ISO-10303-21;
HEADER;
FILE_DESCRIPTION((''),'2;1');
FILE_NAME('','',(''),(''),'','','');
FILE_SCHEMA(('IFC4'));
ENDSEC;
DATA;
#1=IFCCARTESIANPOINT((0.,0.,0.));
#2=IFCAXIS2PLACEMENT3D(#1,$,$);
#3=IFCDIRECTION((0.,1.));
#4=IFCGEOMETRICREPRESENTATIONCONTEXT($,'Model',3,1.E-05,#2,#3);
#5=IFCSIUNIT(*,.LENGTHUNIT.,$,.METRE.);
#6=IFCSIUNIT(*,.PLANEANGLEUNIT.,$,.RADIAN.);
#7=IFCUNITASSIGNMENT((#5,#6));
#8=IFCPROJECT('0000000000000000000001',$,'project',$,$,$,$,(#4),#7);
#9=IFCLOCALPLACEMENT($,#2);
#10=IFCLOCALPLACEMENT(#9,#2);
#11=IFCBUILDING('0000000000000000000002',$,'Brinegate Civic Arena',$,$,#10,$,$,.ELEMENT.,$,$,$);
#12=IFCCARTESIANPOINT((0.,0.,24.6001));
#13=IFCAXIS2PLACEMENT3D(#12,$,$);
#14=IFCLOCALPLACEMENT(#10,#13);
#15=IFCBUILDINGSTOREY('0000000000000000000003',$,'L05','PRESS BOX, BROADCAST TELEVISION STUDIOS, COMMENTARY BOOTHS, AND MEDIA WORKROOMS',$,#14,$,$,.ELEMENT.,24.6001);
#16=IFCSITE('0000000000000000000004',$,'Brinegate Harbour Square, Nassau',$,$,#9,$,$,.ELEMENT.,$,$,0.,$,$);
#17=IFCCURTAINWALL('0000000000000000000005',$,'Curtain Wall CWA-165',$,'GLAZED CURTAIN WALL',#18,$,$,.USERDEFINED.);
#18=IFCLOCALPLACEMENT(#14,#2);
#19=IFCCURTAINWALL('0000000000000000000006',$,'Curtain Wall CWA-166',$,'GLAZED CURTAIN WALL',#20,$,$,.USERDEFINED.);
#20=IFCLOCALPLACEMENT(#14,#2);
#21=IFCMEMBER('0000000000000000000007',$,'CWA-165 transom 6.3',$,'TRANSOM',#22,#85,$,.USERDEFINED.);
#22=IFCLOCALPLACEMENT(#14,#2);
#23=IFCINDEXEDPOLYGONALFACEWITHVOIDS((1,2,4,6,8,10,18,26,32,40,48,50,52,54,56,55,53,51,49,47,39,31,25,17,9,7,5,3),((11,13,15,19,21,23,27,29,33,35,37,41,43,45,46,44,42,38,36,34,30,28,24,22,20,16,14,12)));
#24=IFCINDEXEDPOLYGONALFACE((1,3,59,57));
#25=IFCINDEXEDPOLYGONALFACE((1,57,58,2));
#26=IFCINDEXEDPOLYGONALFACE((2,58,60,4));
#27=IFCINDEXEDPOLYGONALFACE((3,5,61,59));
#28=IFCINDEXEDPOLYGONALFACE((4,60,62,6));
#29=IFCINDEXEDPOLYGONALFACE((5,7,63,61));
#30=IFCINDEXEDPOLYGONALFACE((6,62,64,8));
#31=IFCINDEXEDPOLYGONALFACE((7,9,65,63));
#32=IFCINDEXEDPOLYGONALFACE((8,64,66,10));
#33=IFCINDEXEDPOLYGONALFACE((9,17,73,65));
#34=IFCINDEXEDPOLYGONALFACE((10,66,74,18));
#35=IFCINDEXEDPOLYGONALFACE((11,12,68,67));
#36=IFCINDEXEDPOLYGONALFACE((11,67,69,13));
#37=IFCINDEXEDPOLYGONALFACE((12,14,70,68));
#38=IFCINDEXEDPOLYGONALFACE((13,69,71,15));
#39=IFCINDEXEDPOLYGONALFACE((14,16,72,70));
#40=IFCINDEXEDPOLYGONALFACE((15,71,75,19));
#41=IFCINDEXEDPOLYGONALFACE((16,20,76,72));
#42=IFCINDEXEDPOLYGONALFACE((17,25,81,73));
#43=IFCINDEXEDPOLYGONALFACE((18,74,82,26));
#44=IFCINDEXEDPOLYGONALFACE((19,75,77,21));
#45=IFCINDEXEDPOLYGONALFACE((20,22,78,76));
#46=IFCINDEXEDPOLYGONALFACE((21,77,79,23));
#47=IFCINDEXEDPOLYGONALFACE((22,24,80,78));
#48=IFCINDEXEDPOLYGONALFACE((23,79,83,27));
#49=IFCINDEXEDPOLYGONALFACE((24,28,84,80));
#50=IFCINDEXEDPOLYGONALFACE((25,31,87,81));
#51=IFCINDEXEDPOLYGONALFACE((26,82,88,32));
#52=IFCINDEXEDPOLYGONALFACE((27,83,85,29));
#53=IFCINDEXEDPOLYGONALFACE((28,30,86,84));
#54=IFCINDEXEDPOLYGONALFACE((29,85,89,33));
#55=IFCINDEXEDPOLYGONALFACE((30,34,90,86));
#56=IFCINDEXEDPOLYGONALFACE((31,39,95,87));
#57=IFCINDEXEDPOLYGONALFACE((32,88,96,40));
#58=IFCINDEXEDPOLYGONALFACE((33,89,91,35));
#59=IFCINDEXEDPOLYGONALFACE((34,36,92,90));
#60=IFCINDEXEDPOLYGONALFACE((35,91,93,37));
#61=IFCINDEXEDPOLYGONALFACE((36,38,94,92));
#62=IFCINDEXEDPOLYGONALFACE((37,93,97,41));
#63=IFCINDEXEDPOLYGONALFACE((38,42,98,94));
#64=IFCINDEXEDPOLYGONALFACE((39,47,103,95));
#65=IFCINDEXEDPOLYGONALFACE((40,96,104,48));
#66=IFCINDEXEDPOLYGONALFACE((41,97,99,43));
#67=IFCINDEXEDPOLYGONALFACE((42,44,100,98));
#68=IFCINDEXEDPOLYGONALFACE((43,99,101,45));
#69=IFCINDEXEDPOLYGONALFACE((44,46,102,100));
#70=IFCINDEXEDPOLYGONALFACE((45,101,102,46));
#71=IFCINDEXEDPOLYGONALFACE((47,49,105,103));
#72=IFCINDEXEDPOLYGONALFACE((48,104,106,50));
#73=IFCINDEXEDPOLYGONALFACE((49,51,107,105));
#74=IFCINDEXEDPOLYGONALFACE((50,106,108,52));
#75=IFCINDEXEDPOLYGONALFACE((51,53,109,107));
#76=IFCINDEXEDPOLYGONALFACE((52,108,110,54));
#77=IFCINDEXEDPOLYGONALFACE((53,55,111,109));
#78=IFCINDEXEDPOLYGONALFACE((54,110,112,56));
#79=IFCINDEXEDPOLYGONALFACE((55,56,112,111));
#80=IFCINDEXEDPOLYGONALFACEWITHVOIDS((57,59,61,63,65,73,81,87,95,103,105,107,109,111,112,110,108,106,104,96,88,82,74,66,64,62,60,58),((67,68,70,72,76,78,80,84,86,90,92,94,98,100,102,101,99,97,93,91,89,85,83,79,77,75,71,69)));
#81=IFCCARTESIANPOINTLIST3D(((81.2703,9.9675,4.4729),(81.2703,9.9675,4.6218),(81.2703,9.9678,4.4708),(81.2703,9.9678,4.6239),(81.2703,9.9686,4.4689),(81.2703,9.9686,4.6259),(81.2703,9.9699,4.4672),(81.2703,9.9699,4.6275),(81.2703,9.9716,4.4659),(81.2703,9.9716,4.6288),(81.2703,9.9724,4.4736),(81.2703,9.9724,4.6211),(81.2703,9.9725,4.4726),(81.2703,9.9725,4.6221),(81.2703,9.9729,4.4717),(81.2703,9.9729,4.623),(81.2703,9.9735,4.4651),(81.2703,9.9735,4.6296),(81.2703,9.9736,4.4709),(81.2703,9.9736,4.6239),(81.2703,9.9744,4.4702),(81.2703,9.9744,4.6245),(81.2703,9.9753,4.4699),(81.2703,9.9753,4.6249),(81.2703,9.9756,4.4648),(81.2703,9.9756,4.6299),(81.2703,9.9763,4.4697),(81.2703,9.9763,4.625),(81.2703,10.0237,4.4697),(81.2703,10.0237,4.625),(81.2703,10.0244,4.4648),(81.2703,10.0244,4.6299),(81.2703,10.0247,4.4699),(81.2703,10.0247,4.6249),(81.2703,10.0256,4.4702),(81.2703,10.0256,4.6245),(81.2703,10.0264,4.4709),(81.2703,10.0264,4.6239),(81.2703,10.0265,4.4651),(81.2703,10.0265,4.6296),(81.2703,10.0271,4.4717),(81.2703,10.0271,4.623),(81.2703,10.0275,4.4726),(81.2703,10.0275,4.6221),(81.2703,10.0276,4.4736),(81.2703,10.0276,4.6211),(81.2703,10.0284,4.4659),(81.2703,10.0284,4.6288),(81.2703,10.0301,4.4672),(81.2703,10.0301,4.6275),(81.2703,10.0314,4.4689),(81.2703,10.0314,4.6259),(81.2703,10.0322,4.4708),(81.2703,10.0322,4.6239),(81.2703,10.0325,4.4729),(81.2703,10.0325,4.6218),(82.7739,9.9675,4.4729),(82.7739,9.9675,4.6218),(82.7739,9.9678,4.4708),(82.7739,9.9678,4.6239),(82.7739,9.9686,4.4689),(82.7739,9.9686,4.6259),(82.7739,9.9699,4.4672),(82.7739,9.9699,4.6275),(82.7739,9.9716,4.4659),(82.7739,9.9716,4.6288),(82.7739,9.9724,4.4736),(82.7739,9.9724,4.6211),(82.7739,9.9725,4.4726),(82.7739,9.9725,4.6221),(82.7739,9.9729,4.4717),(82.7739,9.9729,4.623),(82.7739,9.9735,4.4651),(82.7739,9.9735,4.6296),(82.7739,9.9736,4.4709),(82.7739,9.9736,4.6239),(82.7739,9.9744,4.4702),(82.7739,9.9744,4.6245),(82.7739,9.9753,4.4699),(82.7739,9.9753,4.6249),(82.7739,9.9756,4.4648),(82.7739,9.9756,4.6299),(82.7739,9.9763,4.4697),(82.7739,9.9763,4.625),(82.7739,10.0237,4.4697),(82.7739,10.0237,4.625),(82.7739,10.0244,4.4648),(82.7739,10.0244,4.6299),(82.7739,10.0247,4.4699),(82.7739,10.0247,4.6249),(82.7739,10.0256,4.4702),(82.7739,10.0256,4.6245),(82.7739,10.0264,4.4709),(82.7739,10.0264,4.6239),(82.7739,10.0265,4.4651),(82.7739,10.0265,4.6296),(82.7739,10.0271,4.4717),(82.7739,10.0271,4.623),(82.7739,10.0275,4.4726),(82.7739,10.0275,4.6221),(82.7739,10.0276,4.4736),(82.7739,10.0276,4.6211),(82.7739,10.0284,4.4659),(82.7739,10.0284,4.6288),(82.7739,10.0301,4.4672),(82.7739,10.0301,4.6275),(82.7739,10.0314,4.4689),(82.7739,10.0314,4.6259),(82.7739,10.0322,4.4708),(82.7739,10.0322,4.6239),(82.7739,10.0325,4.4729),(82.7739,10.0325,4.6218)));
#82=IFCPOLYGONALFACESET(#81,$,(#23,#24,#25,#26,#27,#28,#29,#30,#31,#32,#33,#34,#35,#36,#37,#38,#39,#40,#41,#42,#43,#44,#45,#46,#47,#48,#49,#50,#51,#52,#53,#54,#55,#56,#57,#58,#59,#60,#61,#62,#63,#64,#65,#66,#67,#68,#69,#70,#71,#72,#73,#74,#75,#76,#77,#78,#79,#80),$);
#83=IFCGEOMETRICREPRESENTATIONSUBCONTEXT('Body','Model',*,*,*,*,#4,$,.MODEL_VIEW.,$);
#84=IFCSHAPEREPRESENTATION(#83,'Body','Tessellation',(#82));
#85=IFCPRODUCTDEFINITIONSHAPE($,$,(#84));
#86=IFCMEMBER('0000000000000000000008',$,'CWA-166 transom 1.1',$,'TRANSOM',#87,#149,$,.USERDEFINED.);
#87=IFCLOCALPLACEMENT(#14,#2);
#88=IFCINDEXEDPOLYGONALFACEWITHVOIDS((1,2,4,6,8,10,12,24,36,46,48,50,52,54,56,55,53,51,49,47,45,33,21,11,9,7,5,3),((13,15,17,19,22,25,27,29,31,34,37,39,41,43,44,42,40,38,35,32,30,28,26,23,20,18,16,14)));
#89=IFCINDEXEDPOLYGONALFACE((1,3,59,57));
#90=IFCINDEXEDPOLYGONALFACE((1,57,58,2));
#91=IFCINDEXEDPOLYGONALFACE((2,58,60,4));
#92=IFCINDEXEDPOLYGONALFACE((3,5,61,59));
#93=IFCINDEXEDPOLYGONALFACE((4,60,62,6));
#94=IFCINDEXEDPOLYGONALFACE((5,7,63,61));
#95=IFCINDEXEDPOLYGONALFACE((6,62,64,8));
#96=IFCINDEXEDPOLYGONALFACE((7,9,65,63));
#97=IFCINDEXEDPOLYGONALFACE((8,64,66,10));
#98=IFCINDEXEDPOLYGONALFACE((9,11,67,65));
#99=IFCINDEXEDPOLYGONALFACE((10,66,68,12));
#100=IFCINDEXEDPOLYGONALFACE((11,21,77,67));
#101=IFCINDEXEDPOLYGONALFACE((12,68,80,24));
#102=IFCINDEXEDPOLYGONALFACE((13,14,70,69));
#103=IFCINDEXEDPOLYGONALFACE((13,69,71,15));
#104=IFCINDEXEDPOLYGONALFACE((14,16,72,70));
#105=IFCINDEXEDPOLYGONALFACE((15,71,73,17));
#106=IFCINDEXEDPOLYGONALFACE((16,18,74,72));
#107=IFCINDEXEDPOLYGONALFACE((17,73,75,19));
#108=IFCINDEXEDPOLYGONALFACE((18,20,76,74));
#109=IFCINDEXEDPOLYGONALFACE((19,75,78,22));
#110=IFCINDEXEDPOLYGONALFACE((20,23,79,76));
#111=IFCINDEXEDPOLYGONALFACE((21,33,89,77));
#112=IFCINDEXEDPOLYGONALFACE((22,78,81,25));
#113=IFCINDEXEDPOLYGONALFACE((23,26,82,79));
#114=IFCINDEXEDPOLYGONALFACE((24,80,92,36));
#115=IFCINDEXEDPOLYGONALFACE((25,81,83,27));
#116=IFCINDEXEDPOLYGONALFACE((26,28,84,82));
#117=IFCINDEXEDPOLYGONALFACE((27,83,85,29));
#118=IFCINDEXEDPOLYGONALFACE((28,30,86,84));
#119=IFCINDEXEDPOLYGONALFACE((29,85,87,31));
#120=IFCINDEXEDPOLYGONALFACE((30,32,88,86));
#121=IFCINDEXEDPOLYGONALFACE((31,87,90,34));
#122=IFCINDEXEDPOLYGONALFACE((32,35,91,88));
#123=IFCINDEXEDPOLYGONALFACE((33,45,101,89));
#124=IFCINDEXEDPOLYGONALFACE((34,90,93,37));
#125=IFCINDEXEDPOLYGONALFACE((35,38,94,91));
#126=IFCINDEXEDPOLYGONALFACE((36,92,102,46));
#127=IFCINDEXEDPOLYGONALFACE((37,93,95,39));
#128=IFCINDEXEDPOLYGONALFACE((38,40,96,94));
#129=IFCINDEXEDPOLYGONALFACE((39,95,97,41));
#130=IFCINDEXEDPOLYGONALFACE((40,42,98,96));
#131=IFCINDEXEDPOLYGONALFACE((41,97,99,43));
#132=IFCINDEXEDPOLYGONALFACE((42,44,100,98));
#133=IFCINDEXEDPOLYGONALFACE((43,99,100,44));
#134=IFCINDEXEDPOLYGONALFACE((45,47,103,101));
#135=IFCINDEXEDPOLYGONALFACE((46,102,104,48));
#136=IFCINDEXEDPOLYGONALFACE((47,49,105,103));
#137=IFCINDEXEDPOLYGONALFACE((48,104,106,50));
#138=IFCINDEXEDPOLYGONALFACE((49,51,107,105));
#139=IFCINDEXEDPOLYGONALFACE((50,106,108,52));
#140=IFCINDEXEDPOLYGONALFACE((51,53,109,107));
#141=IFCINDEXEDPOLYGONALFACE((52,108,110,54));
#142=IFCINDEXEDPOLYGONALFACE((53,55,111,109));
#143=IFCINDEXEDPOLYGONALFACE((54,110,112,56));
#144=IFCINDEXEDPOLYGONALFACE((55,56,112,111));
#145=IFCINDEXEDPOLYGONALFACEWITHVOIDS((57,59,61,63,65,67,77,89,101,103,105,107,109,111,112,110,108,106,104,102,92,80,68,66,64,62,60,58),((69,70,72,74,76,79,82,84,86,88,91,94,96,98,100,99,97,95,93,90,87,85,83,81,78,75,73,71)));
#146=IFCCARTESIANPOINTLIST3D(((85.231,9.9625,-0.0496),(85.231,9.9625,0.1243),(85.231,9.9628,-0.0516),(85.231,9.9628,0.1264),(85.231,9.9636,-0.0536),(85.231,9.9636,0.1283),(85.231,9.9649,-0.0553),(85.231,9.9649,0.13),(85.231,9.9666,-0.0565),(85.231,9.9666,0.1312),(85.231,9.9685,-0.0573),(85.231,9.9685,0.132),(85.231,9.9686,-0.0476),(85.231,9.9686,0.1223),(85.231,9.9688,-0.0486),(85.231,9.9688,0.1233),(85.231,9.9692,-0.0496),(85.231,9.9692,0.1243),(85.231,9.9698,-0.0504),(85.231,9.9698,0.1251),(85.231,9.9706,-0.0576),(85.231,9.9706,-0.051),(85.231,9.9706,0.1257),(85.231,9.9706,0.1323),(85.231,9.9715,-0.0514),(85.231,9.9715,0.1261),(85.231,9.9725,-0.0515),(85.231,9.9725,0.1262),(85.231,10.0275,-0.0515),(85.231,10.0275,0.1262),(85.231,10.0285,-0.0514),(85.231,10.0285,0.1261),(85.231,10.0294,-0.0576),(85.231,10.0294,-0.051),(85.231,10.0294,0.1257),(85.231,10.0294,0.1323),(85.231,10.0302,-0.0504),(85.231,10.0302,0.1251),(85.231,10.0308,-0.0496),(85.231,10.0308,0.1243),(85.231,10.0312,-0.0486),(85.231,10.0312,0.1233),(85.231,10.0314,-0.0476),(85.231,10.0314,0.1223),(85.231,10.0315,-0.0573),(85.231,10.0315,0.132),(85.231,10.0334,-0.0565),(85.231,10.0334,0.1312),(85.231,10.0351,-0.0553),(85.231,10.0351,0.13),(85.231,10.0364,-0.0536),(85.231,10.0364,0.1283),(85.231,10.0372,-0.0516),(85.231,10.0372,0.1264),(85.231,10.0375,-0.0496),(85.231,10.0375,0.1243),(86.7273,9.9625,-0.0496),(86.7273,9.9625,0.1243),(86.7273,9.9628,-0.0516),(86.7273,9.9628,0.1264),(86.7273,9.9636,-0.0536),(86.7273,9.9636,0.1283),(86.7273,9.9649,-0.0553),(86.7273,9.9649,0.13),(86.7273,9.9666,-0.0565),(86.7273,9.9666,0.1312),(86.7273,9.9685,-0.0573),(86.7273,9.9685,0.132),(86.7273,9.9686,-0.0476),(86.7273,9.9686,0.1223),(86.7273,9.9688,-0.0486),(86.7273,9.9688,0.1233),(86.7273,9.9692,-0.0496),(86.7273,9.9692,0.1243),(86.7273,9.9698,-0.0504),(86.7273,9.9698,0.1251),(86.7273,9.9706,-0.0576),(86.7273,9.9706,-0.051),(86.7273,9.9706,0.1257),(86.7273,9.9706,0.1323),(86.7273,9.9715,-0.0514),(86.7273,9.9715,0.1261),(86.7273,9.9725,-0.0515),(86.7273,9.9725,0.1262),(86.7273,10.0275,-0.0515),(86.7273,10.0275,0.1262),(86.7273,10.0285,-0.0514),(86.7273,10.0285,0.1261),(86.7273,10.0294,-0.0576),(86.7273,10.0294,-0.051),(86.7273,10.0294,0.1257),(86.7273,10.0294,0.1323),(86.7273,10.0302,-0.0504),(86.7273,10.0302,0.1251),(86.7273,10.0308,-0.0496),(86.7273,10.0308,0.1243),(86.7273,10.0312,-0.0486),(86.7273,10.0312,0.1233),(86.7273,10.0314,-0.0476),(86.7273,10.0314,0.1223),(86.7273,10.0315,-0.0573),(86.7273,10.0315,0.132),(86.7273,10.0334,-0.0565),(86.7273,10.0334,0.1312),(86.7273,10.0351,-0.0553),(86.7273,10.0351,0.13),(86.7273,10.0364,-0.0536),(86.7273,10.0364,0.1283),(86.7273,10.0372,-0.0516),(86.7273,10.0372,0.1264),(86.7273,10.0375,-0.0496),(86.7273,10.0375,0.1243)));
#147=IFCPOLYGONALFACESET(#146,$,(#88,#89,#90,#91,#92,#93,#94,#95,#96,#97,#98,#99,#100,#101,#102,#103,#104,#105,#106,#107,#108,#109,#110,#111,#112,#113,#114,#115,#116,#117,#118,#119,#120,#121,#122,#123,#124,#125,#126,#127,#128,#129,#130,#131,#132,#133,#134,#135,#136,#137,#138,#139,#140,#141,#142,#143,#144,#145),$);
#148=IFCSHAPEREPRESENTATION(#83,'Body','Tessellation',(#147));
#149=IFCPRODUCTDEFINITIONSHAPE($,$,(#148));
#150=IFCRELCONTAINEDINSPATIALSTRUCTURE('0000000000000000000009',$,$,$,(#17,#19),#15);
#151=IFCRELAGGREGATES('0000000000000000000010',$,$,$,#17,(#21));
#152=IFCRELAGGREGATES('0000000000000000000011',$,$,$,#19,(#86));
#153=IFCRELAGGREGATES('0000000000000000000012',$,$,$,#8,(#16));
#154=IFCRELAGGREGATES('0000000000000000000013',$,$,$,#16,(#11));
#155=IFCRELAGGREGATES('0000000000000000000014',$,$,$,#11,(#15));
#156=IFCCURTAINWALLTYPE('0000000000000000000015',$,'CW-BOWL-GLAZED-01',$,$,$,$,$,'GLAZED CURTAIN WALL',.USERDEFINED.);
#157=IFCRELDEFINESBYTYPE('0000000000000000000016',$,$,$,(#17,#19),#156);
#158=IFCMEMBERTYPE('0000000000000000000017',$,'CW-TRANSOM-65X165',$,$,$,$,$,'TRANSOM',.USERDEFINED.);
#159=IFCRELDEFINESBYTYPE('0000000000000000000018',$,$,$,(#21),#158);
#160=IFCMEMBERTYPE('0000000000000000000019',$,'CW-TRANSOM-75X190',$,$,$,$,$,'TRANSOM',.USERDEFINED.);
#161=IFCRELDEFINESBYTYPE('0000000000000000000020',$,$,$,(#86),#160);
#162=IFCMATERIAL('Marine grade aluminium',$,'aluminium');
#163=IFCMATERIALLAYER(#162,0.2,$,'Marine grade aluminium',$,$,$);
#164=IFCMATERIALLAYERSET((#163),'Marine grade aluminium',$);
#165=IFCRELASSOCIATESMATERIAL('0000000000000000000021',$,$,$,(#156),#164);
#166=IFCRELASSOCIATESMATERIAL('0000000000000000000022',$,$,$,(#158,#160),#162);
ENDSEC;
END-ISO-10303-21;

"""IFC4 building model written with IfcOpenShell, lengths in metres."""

from ifc_helpers import new_model, si_unit, direction, frame, origin, origin_2d, place, context, subcontext, project, spatial, hollow_rectangle, extrude, material, layer, layer_set, material_profile, profile_set, type_object, element, aggregate, save


model = new_model("IFC4")

# Units and contexts
model_context = context("Model", 3, precision=1e-05, world=origin(), true_north=direction((0.0, 1.0)))
body_context = subcontext(model_context, "Body", "Model", "MODEL_VIEW")
ifc_project = project(units=[si_unit("LENGTHUNIT", "METRE"), si_unit("PLANEANGLEUNIT", "RADIAN")], contexts=[model_context])

# Site, building, storey
site_placement = place(None, origin())
site = spatial("IfcSite", under=ifc_project, at=site_placement, Name="Brinegate Harbour Square, Nassau", CompositionType="ELEMENT", RefElevation=0.0)
building_placement = place(site_placement, origin())
building = spatial("IfcBuilding", under=site, at=building_placement, Name="Brinegate Civic Arena", CompositionType="ELEMENT")
storey_placement = place(building_placement, frame((0.0, 0.0, 24.6001)))
storey = spatial("IfcBuildingStorey", under=building, at=storey_placement, Name="L05", Description="PRESS BOX, BROADCAST TELEVISION STUDIOS, COMMENTARY BOOTHS, AND MEDIA WORKROOMS", CompositionType="ELEMENT", Elevation=24.6001)

# Curtain wall
ifc_material_1 = material(Name="Marine grade aluminium", Category="aluminium")
ifc_layer_1 = layer(ifc_material_1, 0.2, Name="Marine grade aluminium")
ifc_layer_set_1 = layer_set([ifc_layer_1], Name="Marine grade aluminium")
curtain_wall_type = type_object("IfcCurtainWallType", Name="CW-BOWL-GLAZED-01", ElementType="GLAZED CURTAIN WALL", PredefinedType="USERDEFINED", material=ifc_layer_set_1)
curtain_wall_1_placement = place(storey_placement, origin())
curtain_wall_1 = element("IfcCurtainWall", 1, at=curtain_wall_1_placement, inside=storey, type_object=curtain_wall_type, Name="Curtain Wall CWA-165", ObjectType="GLAZED CURTAIN WALL", PredefinedType="USERDEFINED")

# Curtain wall
curtain_wall_2_placement = place(storey_placement, origin())
curtain_wall_2 = element("IfcCurtainWall", 2, at=curtain_wall_2_placement, inside=storey, type_object=curtain_wall_type, Name="Curtain Wall CWA-166", ObjectType="GLAZED CURTAIN WALL", PredefinedType="USERDEFINED")

# Members
ifc_material_profile_1 = material_profile(ifc_material_1, hollow_rectangle(XDim=0.0649, YDim=0.165, WallThickness=0.0049, InnerFilletRadius=0.0039, OuterFilletRadius=0.0081, at=origin_2d()), Name="TRN65X165")
ifc_profile_set_1 = profile_set([ifc_material_profile_1], Name="Marine grade aluminium")
member_type_1 = type_object("IfcMemberType", Name="CW-TRANSOM-65X165", ElementType="TRANSOM", PredefinedType="USERDEFINED", material=ifc_profile_set_1)
member_1_placement = place(storey_placement, frame((81.2703, 10.0, 4.5474), z_axis=(1.0, 0.0, 0.0), x_axis=(0.0, 1.0, 0.0)))
member_1 = element("IfcMember", 3, at=member_1_placement, type_object=member_type_1, Name="CWA-165 transom 6.3", ObjectType="TRANSOM", PredefinedType="USERDEFINED", context=body_context, shape_type="SweptSolid", body=[
    extrude(hollow_rectangle(XDim=0.0649, YDim=0.165, WallThickness=0.0049, InnerFilletRadius=0.0039, OuterFilletRadius=0.0081, at=origin_2d()), origin(), (0.0, 0.0, 1.0), 1.5037),
])
ifc_material_profile_2 = material_profile(ifc_material_1, hollow_rectangle(XDim=0.075, YDim=0.1899, WallThickness=0.0061, InnerFilletRadius=0.0039, OuterFilletRadius=0.0081, at=origin_2d()), Name="TRN75X190")
ifc_profile_set_2 = profile_set([ifc_material_profile_2], Name="Marine grade aluminium")
member_type_2 = type_object("IfcMemberType", Name="CW-TRANSOM-75X190", ElementType="TRANSOM", PredefinedType="USERDEFINED", material=ifc_profile_set_2)
member_2_placement = place(storey_placement, frame((85.231, 10.0, 0.0374), z_axis=(1.0, 0.0, 0.0), x_axis=(0.0, 1.0, 0.0)))
member_2 = element("IfcMember", 4, at=member_2_placement, type_object=member_type_2, Name="CWA-166 transom 1.1", ObjectType="TRANSOM", PredefinedType="USERDEFINED", context=body_context, shape_type="SweptSolid", body=[
    extrude(hollow_rectangle(XDim=0.075, YDim=0.1899, WallThickness=0.0061, InnerFilletRadius=0.0039, OuterFilletRadius=0.0081, at=origin_2d()), origin(), (0.0, 0.0, 1.0), 1.4963),
])

aggregate(curtain_wall_1, [member_1])
aggregate(curtain_wall_2, [member_2])

save(model, "model.ifc")
